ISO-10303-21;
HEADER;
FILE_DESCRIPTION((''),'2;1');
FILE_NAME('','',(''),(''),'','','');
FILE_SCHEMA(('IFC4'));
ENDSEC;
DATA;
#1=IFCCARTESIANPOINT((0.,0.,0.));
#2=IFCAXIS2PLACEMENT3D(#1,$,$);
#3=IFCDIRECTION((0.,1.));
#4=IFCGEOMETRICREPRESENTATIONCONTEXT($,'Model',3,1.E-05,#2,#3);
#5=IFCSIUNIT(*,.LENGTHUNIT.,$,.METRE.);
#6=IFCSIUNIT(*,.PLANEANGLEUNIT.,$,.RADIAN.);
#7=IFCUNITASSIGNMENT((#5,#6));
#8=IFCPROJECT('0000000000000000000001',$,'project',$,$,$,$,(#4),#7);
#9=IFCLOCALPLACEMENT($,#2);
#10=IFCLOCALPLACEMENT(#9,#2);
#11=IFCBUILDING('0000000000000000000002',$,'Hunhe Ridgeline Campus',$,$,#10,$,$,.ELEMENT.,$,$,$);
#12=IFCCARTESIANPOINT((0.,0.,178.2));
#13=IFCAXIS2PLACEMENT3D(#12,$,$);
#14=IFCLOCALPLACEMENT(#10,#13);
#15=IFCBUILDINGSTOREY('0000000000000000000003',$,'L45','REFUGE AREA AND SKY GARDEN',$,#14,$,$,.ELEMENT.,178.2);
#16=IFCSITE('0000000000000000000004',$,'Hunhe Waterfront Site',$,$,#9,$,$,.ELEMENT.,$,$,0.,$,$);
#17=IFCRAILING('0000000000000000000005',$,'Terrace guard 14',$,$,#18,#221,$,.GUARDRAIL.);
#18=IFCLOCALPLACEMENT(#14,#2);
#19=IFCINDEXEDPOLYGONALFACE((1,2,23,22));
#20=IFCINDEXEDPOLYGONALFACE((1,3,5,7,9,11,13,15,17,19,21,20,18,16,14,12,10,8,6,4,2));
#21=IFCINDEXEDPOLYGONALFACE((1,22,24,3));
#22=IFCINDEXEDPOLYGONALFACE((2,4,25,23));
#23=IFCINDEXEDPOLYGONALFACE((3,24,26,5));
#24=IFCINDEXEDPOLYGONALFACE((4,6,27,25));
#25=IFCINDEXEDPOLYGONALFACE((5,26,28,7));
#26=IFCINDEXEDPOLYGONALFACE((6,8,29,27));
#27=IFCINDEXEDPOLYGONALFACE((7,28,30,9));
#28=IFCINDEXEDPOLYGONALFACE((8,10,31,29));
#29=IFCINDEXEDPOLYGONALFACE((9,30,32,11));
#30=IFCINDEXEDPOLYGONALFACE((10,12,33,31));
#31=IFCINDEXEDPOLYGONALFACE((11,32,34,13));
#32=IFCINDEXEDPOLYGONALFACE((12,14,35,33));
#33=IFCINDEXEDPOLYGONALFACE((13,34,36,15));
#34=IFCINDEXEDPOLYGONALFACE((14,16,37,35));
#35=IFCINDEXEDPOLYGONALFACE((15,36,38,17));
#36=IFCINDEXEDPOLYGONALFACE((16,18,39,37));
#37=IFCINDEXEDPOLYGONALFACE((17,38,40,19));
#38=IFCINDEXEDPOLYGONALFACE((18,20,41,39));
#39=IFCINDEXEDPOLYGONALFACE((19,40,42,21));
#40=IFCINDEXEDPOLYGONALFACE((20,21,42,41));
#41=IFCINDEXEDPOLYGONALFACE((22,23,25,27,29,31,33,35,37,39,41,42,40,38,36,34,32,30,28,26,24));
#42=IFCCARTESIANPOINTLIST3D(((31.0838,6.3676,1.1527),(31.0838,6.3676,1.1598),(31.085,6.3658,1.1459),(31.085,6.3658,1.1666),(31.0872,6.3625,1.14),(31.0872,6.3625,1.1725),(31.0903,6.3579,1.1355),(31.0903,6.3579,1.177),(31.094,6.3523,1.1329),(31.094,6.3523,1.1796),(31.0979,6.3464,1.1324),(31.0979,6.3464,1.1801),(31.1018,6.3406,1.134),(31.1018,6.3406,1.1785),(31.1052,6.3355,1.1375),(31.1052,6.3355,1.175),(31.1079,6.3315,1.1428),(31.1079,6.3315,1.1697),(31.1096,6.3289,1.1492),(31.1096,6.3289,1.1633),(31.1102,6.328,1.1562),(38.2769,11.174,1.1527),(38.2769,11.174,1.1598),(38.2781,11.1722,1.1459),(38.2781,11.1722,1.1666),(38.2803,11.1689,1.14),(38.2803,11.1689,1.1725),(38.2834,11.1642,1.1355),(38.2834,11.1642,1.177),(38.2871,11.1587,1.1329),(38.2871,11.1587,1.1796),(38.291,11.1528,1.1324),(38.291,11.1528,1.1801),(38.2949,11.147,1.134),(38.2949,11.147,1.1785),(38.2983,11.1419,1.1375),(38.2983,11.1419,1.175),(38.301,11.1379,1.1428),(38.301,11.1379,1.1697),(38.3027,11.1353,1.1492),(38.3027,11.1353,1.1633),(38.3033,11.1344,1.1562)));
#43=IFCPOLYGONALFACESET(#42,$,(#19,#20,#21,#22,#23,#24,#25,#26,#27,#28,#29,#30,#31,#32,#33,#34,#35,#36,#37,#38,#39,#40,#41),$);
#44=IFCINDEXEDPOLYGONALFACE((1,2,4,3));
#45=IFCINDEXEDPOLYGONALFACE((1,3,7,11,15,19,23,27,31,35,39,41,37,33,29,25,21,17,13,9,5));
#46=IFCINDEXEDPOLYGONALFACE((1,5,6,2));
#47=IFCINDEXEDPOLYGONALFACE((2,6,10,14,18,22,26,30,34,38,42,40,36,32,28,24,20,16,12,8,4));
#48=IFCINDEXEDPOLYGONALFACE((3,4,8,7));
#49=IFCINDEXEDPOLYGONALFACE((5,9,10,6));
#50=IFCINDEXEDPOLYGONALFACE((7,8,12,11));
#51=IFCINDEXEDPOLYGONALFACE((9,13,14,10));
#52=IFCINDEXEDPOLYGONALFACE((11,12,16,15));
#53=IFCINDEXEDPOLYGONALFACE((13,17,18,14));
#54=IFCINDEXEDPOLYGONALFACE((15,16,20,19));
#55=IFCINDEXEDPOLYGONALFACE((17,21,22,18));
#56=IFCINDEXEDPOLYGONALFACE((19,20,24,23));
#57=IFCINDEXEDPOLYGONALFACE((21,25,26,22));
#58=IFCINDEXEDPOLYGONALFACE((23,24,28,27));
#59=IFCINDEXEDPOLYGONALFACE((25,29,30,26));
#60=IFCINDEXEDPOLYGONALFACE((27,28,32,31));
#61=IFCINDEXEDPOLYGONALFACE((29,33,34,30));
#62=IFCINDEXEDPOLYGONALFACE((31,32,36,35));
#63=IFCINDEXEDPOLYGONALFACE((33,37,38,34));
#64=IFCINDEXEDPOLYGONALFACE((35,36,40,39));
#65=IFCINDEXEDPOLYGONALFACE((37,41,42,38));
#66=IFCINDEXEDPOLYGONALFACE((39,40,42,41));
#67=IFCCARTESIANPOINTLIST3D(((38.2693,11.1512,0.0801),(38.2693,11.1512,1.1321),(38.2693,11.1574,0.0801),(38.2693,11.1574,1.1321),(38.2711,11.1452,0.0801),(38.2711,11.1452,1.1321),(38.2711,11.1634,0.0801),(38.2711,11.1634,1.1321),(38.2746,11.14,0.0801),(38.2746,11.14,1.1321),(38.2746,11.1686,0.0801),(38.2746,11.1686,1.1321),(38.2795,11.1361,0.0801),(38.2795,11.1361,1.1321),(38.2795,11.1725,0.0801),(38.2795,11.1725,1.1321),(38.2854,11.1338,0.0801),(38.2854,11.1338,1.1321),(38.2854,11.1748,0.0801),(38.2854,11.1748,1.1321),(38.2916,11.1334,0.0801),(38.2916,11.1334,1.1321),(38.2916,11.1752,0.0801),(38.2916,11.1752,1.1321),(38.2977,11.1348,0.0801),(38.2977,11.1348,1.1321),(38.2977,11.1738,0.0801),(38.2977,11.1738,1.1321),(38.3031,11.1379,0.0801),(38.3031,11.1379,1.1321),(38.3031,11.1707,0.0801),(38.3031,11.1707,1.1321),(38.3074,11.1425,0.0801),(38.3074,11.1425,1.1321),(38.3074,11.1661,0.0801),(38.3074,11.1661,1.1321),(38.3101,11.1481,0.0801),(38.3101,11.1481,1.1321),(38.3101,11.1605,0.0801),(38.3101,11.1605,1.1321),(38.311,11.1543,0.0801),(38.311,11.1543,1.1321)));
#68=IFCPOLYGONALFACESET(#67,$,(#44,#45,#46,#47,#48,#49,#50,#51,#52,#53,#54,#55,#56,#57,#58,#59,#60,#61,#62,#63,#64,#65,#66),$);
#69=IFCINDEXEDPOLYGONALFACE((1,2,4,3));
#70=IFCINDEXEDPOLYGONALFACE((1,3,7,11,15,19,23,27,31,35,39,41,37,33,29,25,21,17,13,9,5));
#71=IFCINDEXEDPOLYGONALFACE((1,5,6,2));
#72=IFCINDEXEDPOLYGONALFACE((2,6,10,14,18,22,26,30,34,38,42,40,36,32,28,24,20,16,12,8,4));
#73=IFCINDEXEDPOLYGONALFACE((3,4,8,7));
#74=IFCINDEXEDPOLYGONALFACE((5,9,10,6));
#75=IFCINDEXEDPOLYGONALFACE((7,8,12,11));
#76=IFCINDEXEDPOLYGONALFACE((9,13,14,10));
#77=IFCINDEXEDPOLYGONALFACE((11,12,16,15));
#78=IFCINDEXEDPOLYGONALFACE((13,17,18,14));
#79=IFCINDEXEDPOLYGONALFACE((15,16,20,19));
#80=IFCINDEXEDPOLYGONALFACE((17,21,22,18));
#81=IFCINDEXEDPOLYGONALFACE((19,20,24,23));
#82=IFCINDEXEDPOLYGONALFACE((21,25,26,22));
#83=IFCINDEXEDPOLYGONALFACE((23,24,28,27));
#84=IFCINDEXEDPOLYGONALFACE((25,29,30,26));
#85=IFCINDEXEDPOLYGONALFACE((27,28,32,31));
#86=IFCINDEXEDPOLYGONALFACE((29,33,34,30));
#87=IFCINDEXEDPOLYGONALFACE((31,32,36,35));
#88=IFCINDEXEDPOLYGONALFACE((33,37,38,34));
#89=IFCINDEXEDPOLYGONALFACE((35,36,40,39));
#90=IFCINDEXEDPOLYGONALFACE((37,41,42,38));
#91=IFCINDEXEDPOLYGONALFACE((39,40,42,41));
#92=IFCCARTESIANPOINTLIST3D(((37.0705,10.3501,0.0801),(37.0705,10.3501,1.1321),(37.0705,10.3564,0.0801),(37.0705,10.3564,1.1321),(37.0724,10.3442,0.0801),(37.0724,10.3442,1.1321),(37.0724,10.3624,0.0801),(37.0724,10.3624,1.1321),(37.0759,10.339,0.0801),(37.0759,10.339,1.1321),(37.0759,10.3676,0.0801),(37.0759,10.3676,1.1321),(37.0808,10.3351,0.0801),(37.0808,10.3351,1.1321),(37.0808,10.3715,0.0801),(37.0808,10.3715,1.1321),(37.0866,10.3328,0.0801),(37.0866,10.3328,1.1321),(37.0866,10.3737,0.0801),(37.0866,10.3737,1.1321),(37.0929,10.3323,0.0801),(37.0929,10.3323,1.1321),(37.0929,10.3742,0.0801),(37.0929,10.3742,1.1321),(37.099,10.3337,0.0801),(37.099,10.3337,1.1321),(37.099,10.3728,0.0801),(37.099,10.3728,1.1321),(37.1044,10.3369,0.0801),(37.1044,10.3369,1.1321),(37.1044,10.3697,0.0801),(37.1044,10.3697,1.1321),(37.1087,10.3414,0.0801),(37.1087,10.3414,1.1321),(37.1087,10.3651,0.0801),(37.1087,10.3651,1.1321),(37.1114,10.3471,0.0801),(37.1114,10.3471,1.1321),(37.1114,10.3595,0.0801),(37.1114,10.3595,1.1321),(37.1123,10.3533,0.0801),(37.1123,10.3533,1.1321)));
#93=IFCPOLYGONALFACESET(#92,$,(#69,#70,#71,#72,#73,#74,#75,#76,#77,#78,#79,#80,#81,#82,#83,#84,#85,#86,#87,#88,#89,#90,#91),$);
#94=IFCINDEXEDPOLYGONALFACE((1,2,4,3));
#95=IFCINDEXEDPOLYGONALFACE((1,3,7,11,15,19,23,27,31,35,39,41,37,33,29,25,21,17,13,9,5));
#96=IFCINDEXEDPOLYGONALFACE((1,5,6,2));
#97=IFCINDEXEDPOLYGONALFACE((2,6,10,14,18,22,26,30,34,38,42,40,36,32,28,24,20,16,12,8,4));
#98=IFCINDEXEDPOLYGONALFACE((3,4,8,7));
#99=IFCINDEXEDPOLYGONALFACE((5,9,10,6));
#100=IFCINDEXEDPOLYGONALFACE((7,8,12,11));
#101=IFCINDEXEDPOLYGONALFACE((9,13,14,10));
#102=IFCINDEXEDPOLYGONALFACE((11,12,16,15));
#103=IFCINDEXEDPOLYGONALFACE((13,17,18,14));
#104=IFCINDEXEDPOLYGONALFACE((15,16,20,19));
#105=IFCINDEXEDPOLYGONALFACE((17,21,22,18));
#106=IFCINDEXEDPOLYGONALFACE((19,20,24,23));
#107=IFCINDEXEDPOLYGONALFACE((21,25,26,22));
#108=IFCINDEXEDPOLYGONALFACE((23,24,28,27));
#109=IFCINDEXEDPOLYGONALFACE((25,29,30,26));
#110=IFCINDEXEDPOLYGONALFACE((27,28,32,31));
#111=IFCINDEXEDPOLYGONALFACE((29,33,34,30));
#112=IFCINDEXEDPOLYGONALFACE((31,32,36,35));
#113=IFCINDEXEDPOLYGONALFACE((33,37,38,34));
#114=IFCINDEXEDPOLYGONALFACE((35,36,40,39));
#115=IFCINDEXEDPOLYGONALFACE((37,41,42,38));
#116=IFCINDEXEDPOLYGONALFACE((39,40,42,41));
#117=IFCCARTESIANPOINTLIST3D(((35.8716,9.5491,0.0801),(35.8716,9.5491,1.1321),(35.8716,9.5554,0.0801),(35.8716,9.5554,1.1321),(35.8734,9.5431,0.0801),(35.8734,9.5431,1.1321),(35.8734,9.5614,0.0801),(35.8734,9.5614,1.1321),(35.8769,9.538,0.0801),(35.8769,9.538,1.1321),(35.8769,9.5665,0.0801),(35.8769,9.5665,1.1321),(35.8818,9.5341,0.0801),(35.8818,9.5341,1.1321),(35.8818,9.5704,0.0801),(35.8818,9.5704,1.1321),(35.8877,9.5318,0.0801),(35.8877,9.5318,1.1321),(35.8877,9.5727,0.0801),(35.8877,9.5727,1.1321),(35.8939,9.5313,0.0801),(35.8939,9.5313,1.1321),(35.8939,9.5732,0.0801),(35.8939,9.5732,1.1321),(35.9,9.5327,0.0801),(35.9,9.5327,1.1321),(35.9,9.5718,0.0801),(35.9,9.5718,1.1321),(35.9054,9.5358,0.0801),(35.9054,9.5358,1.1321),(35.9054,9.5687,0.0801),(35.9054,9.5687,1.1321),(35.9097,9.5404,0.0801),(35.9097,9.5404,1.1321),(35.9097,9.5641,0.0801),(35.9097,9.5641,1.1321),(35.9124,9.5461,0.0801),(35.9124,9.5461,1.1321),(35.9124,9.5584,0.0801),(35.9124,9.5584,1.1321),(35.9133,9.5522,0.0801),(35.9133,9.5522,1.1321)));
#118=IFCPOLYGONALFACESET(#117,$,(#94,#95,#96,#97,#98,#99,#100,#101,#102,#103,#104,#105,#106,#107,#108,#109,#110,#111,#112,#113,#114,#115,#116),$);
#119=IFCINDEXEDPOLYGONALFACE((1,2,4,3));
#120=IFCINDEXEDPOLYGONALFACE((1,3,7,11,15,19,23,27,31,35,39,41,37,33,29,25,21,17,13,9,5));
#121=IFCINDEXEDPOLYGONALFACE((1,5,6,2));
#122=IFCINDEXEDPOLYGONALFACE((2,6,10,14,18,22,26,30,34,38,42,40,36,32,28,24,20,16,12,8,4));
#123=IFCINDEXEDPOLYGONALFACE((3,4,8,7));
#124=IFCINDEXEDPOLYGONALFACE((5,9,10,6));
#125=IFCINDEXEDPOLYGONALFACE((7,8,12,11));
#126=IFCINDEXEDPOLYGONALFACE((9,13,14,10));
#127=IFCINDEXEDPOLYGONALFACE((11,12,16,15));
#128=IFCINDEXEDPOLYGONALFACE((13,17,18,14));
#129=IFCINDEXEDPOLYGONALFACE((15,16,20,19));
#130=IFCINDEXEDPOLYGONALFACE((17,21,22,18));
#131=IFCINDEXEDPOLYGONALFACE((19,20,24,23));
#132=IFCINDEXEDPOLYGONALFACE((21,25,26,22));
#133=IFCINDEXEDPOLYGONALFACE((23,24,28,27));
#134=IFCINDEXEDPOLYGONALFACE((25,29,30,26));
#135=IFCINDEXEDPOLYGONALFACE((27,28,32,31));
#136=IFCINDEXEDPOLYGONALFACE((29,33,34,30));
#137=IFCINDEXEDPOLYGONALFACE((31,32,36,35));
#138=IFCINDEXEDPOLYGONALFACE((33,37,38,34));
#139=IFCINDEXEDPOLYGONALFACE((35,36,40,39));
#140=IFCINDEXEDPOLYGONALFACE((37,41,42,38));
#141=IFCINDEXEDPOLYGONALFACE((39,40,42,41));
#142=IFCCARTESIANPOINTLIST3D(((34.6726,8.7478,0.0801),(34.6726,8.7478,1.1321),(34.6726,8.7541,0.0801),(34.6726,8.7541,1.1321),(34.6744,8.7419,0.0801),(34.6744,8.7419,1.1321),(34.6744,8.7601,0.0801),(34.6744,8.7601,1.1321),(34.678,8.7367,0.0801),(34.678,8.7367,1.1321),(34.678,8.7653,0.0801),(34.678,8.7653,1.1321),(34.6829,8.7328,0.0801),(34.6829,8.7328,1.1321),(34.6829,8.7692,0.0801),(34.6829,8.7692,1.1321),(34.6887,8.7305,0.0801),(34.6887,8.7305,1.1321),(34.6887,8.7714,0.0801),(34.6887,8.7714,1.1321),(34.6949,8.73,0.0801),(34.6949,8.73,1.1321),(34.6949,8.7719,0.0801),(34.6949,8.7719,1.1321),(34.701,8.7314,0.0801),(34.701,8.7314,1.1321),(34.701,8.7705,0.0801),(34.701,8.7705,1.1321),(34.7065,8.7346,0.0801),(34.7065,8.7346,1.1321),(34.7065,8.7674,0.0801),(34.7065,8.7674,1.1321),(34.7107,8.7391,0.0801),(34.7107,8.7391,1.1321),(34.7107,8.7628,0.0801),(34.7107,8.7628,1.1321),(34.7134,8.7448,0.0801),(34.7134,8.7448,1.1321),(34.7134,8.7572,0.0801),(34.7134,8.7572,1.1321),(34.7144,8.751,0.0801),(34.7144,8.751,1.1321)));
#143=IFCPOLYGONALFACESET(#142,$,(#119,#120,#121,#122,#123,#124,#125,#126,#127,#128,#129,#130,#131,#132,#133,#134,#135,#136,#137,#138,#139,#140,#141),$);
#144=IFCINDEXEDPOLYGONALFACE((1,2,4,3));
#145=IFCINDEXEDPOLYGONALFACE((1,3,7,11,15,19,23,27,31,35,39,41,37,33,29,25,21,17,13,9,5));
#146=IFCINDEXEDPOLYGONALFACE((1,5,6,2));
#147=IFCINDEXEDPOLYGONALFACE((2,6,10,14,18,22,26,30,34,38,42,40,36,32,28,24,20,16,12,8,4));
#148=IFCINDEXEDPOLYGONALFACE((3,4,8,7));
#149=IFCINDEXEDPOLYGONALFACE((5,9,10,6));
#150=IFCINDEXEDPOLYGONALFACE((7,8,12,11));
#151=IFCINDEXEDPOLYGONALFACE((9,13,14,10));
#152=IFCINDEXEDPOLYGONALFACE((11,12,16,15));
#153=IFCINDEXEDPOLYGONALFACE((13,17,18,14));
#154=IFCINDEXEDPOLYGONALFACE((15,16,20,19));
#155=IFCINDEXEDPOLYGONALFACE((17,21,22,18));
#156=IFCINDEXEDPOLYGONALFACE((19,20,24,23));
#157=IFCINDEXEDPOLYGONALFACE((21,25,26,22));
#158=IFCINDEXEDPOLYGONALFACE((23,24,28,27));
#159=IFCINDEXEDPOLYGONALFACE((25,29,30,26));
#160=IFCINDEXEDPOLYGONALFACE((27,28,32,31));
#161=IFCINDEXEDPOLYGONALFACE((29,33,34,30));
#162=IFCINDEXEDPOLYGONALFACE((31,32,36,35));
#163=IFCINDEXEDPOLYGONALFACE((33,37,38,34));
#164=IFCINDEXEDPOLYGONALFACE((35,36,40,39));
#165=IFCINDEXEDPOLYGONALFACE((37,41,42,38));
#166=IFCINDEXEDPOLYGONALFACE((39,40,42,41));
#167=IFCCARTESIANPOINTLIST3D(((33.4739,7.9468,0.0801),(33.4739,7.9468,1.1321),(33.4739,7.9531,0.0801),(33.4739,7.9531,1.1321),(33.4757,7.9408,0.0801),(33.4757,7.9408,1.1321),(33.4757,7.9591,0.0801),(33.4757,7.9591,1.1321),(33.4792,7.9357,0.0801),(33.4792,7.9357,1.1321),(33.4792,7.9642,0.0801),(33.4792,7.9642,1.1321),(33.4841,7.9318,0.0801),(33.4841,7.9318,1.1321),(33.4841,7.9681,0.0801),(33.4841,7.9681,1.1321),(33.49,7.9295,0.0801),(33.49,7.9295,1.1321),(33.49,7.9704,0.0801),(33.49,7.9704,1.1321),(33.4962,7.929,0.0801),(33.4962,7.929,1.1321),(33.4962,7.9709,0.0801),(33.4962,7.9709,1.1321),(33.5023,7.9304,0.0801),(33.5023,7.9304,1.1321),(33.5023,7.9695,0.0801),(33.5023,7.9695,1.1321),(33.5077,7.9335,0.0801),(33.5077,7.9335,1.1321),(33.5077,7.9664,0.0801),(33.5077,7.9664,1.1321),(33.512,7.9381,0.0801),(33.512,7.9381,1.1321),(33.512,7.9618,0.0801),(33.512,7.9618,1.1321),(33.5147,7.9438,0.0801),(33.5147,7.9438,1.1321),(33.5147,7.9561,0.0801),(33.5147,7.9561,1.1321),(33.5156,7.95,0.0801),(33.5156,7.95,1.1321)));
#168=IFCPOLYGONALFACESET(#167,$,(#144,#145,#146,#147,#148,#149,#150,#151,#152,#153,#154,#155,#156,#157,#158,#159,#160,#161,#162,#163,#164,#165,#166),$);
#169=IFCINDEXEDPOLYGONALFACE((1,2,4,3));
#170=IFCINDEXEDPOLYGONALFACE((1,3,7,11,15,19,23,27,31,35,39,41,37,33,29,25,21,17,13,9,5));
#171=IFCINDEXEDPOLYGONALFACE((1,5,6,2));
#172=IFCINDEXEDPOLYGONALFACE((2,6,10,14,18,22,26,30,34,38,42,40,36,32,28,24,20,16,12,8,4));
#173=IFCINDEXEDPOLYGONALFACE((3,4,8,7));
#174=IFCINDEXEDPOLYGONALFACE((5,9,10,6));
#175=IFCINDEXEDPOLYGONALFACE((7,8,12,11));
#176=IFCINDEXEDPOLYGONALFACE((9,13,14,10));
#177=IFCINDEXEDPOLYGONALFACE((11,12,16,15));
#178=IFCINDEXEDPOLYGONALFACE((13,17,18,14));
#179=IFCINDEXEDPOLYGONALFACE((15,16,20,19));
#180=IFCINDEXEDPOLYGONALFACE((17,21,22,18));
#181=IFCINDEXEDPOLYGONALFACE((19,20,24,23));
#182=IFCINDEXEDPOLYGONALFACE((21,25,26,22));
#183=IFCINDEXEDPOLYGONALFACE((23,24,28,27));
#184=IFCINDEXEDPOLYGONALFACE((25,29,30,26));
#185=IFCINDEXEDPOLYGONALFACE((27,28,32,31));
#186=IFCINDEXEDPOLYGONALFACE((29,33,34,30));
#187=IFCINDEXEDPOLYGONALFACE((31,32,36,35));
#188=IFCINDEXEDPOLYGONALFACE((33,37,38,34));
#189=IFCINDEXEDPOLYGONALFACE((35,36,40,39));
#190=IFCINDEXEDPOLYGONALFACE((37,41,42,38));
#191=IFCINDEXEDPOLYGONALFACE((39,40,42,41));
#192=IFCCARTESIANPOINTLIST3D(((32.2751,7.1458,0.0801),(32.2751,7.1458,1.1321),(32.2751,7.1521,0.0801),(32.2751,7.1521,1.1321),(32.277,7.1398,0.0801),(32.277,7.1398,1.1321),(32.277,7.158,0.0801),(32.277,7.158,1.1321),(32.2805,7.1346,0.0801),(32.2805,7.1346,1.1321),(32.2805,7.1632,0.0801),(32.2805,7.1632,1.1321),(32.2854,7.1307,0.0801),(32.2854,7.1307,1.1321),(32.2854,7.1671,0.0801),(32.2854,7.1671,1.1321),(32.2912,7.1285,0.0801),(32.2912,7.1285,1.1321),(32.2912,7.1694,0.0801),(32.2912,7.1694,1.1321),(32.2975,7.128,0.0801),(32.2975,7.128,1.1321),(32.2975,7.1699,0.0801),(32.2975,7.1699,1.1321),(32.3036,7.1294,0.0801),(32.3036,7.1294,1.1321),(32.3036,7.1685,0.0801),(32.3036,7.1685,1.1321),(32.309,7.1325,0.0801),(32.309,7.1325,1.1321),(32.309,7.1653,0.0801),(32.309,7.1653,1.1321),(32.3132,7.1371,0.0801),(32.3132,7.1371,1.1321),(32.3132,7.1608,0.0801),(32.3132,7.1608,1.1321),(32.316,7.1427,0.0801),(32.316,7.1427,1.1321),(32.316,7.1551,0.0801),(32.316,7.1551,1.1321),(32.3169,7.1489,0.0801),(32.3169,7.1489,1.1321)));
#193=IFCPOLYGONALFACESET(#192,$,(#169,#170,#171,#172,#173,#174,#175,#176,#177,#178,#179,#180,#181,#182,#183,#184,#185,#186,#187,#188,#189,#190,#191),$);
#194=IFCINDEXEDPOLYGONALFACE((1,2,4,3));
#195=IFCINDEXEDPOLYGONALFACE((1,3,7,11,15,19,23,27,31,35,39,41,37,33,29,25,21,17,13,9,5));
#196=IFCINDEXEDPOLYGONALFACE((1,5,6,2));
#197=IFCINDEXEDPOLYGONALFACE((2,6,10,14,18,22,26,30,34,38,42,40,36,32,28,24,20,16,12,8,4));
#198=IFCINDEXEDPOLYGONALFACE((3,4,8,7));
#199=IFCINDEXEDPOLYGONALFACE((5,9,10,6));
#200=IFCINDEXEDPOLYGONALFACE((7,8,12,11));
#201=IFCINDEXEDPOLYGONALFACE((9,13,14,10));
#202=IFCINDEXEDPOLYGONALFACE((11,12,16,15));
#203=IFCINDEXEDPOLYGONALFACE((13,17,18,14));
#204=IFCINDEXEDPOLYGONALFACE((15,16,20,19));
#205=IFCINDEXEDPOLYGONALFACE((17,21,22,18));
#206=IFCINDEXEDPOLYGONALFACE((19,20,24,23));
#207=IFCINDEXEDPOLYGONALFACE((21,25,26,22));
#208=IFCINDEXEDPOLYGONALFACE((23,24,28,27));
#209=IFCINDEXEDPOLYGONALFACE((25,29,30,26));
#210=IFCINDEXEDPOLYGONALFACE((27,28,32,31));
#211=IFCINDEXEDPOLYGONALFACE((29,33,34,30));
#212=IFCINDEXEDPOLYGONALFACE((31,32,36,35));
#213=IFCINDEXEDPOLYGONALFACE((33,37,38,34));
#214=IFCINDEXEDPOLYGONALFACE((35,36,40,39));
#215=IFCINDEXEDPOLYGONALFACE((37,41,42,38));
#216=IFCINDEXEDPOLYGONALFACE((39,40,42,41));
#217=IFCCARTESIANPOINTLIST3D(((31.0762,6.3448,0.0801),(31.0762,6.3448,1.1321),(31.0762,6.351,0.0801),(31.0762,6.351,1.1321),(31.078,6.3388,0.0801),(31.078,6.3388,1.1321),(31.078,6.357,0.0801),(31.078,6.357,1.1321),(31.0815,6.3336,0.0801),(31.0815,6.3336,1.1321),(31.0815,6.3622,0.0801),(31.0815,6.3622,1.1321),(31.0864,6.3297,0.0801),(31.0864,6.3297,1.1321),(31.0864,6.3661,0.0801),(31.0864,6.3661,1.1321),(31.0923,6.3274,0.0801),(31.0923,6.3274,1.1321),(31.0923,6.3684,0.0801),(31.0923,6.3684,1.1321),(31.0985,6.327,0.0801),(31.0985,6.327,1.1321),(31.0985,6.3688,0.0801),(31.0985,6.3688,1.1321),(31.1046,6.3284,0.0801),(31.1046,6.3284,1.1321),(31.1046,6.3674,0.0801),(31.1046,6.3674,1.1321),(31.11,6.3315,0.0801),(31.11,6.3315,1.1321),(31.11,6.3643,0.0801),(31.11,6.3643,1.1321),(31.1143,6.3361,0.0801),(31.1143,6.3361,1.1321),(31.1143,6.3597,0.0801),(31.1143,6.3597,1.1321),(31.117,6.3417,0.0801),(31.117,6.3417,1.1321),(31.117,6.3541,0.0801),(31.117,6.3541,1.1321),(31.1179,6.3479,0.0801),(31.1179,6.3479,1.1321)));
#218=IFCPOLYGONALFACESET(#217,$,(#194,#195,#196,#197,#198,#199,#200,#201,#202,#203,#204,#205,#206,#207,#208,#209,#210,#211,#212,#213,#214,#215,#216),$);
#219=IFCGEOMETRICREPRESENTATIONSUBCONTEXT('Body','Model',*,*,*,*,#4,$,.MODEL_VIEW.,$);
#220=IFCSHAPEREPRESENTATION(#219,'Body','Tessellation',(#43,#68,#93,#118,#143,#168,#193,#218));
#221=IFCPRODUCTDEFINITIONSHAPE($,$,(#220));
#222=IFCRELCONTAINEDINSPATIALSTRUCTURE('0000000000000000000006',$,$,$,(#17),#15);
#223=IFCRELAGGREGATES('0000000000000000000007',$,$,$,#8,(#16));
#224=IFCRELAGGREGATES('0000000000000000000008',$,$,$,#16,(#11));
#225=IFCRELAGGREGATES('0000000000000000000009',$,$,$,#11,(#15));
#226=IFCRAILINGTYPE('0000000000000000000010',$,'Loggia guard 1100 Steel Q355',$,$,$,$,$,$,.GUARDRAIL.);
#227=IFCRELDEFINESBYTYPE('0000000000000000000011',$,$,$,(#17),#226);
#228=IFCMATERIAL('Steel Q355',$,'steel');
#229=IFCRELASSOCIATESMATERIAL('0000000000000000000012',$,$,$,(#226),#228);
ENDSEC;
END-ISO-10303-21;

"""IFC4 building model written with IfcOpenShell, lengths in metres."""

from ifc_helpers import new_model, si_unit, direction, frame, origin, origin_2d, place, context, subcontext, project, spatial, circle, extrude, material, type_object, element, save


model = new_model("IFC4")

# Units and contexts
model_context = context("Model", 3, precision=1e-05, world=origin(), true_north=direction((0.0, 1.0)))
body_context = subcontext(model_context, "Body", "Model", "MODEL_VIEW")
ifc_project = project(units=[si_unit("LENGTHUNIT", "METRE"), si_unit("PLANEANGLEUNIT", "RADIAN")], contexts=[model_context])

# Site, building, storey
site_placement = place(None, origin())
site = spatial("IfcSite", under=ifc_project, at=site_placement, Name="Hunhe Waterfront Site", CompositionType="ELEMENT", RefElevation=0.0)
building_placement = place(site_placement, origin())
building = spatial("IfcBuilding", under=site, at=building_placement, Name="Hunhe Ridgeline Campus", CompositionType="ELEMENT")
storey_placement = place(building_placement, frame((0.0, 0.0, 178.2)))
storey = spatial("IfcBuildingStorey", under=building, at=storey_placement, Name="L45", Description="REFUGE AREA AND SKY GARDEN", CompositionType="ELEMENT", Elevation=178.2)

# Railing
ifc_material_1 = material(Name="Steel Q355", Category="steel")
railing_type = type_object("IfcRailingType", Name="Loggia guard 1100 Steel Q355", PredefinedType="GUARDRAIL", material=ifc_material_1)
railing_1_placement = place(storey_placement, frame((38.29, 11.1543, 0.0801)))
element("IfcRailing", 1, at=railing_1_placement, inside=storey, type_object=railing_type, Name="Terrace guard 14", PredefinedType="GUARDRAIL", context=body_context, shape_type="SweptSolid", body=[
    extrude(circle(Radius=0.0239, at=origin_2d()), frame((0.0, 0.0, 1.0762), z_axis=(-0.831464, -0.555579, 0.0), x_axis=(0.555579, -0.831464, 0.0)), (0.0, 0.0, 1.0), 8.6511),
    extrude(circle(Radius=0.021, at=origin_2d()), origin(), (0.0, 0.0, 1.0), 1.052),
    extrude(circle(Radius=0.021, at=origin_2d()), frame((-1.1987, -0.801, 0.0)), (0.0, 0.0, 1.0), 1.052),
    extrude(circle(Radius=0.021, at=origin_2d()), frame((-2.3977, -1.6021, 0.0)), (0.0, 0.0, 1.0), 1.052),
    extrude(circle(Radius=0.021, at=origin_2d()), frame((-3.5967, -2.4033, 0.0)), (0.0, 0.0, 1.0), 1.052),
    extrude(circle(Radius=0.021, at=origin_2d()), frame((-4.7954, -3.2043, 0.0)), (0.0, 0.0, 1.0), 1.052),
    extrude(circle(Radius=0.021, at=origin_2d()), frame((-5.9941, -4.0054, 0.0)), (0.0, 0.0, 1.0), 1.052),
    extrude(circle(Radius=0.021, at=origin_2d()), frame((-7.1931, -4.8064, 0.0)), (0.0, 0.0, 1.0), 1.052),
])

save(model, "model.ifc")
